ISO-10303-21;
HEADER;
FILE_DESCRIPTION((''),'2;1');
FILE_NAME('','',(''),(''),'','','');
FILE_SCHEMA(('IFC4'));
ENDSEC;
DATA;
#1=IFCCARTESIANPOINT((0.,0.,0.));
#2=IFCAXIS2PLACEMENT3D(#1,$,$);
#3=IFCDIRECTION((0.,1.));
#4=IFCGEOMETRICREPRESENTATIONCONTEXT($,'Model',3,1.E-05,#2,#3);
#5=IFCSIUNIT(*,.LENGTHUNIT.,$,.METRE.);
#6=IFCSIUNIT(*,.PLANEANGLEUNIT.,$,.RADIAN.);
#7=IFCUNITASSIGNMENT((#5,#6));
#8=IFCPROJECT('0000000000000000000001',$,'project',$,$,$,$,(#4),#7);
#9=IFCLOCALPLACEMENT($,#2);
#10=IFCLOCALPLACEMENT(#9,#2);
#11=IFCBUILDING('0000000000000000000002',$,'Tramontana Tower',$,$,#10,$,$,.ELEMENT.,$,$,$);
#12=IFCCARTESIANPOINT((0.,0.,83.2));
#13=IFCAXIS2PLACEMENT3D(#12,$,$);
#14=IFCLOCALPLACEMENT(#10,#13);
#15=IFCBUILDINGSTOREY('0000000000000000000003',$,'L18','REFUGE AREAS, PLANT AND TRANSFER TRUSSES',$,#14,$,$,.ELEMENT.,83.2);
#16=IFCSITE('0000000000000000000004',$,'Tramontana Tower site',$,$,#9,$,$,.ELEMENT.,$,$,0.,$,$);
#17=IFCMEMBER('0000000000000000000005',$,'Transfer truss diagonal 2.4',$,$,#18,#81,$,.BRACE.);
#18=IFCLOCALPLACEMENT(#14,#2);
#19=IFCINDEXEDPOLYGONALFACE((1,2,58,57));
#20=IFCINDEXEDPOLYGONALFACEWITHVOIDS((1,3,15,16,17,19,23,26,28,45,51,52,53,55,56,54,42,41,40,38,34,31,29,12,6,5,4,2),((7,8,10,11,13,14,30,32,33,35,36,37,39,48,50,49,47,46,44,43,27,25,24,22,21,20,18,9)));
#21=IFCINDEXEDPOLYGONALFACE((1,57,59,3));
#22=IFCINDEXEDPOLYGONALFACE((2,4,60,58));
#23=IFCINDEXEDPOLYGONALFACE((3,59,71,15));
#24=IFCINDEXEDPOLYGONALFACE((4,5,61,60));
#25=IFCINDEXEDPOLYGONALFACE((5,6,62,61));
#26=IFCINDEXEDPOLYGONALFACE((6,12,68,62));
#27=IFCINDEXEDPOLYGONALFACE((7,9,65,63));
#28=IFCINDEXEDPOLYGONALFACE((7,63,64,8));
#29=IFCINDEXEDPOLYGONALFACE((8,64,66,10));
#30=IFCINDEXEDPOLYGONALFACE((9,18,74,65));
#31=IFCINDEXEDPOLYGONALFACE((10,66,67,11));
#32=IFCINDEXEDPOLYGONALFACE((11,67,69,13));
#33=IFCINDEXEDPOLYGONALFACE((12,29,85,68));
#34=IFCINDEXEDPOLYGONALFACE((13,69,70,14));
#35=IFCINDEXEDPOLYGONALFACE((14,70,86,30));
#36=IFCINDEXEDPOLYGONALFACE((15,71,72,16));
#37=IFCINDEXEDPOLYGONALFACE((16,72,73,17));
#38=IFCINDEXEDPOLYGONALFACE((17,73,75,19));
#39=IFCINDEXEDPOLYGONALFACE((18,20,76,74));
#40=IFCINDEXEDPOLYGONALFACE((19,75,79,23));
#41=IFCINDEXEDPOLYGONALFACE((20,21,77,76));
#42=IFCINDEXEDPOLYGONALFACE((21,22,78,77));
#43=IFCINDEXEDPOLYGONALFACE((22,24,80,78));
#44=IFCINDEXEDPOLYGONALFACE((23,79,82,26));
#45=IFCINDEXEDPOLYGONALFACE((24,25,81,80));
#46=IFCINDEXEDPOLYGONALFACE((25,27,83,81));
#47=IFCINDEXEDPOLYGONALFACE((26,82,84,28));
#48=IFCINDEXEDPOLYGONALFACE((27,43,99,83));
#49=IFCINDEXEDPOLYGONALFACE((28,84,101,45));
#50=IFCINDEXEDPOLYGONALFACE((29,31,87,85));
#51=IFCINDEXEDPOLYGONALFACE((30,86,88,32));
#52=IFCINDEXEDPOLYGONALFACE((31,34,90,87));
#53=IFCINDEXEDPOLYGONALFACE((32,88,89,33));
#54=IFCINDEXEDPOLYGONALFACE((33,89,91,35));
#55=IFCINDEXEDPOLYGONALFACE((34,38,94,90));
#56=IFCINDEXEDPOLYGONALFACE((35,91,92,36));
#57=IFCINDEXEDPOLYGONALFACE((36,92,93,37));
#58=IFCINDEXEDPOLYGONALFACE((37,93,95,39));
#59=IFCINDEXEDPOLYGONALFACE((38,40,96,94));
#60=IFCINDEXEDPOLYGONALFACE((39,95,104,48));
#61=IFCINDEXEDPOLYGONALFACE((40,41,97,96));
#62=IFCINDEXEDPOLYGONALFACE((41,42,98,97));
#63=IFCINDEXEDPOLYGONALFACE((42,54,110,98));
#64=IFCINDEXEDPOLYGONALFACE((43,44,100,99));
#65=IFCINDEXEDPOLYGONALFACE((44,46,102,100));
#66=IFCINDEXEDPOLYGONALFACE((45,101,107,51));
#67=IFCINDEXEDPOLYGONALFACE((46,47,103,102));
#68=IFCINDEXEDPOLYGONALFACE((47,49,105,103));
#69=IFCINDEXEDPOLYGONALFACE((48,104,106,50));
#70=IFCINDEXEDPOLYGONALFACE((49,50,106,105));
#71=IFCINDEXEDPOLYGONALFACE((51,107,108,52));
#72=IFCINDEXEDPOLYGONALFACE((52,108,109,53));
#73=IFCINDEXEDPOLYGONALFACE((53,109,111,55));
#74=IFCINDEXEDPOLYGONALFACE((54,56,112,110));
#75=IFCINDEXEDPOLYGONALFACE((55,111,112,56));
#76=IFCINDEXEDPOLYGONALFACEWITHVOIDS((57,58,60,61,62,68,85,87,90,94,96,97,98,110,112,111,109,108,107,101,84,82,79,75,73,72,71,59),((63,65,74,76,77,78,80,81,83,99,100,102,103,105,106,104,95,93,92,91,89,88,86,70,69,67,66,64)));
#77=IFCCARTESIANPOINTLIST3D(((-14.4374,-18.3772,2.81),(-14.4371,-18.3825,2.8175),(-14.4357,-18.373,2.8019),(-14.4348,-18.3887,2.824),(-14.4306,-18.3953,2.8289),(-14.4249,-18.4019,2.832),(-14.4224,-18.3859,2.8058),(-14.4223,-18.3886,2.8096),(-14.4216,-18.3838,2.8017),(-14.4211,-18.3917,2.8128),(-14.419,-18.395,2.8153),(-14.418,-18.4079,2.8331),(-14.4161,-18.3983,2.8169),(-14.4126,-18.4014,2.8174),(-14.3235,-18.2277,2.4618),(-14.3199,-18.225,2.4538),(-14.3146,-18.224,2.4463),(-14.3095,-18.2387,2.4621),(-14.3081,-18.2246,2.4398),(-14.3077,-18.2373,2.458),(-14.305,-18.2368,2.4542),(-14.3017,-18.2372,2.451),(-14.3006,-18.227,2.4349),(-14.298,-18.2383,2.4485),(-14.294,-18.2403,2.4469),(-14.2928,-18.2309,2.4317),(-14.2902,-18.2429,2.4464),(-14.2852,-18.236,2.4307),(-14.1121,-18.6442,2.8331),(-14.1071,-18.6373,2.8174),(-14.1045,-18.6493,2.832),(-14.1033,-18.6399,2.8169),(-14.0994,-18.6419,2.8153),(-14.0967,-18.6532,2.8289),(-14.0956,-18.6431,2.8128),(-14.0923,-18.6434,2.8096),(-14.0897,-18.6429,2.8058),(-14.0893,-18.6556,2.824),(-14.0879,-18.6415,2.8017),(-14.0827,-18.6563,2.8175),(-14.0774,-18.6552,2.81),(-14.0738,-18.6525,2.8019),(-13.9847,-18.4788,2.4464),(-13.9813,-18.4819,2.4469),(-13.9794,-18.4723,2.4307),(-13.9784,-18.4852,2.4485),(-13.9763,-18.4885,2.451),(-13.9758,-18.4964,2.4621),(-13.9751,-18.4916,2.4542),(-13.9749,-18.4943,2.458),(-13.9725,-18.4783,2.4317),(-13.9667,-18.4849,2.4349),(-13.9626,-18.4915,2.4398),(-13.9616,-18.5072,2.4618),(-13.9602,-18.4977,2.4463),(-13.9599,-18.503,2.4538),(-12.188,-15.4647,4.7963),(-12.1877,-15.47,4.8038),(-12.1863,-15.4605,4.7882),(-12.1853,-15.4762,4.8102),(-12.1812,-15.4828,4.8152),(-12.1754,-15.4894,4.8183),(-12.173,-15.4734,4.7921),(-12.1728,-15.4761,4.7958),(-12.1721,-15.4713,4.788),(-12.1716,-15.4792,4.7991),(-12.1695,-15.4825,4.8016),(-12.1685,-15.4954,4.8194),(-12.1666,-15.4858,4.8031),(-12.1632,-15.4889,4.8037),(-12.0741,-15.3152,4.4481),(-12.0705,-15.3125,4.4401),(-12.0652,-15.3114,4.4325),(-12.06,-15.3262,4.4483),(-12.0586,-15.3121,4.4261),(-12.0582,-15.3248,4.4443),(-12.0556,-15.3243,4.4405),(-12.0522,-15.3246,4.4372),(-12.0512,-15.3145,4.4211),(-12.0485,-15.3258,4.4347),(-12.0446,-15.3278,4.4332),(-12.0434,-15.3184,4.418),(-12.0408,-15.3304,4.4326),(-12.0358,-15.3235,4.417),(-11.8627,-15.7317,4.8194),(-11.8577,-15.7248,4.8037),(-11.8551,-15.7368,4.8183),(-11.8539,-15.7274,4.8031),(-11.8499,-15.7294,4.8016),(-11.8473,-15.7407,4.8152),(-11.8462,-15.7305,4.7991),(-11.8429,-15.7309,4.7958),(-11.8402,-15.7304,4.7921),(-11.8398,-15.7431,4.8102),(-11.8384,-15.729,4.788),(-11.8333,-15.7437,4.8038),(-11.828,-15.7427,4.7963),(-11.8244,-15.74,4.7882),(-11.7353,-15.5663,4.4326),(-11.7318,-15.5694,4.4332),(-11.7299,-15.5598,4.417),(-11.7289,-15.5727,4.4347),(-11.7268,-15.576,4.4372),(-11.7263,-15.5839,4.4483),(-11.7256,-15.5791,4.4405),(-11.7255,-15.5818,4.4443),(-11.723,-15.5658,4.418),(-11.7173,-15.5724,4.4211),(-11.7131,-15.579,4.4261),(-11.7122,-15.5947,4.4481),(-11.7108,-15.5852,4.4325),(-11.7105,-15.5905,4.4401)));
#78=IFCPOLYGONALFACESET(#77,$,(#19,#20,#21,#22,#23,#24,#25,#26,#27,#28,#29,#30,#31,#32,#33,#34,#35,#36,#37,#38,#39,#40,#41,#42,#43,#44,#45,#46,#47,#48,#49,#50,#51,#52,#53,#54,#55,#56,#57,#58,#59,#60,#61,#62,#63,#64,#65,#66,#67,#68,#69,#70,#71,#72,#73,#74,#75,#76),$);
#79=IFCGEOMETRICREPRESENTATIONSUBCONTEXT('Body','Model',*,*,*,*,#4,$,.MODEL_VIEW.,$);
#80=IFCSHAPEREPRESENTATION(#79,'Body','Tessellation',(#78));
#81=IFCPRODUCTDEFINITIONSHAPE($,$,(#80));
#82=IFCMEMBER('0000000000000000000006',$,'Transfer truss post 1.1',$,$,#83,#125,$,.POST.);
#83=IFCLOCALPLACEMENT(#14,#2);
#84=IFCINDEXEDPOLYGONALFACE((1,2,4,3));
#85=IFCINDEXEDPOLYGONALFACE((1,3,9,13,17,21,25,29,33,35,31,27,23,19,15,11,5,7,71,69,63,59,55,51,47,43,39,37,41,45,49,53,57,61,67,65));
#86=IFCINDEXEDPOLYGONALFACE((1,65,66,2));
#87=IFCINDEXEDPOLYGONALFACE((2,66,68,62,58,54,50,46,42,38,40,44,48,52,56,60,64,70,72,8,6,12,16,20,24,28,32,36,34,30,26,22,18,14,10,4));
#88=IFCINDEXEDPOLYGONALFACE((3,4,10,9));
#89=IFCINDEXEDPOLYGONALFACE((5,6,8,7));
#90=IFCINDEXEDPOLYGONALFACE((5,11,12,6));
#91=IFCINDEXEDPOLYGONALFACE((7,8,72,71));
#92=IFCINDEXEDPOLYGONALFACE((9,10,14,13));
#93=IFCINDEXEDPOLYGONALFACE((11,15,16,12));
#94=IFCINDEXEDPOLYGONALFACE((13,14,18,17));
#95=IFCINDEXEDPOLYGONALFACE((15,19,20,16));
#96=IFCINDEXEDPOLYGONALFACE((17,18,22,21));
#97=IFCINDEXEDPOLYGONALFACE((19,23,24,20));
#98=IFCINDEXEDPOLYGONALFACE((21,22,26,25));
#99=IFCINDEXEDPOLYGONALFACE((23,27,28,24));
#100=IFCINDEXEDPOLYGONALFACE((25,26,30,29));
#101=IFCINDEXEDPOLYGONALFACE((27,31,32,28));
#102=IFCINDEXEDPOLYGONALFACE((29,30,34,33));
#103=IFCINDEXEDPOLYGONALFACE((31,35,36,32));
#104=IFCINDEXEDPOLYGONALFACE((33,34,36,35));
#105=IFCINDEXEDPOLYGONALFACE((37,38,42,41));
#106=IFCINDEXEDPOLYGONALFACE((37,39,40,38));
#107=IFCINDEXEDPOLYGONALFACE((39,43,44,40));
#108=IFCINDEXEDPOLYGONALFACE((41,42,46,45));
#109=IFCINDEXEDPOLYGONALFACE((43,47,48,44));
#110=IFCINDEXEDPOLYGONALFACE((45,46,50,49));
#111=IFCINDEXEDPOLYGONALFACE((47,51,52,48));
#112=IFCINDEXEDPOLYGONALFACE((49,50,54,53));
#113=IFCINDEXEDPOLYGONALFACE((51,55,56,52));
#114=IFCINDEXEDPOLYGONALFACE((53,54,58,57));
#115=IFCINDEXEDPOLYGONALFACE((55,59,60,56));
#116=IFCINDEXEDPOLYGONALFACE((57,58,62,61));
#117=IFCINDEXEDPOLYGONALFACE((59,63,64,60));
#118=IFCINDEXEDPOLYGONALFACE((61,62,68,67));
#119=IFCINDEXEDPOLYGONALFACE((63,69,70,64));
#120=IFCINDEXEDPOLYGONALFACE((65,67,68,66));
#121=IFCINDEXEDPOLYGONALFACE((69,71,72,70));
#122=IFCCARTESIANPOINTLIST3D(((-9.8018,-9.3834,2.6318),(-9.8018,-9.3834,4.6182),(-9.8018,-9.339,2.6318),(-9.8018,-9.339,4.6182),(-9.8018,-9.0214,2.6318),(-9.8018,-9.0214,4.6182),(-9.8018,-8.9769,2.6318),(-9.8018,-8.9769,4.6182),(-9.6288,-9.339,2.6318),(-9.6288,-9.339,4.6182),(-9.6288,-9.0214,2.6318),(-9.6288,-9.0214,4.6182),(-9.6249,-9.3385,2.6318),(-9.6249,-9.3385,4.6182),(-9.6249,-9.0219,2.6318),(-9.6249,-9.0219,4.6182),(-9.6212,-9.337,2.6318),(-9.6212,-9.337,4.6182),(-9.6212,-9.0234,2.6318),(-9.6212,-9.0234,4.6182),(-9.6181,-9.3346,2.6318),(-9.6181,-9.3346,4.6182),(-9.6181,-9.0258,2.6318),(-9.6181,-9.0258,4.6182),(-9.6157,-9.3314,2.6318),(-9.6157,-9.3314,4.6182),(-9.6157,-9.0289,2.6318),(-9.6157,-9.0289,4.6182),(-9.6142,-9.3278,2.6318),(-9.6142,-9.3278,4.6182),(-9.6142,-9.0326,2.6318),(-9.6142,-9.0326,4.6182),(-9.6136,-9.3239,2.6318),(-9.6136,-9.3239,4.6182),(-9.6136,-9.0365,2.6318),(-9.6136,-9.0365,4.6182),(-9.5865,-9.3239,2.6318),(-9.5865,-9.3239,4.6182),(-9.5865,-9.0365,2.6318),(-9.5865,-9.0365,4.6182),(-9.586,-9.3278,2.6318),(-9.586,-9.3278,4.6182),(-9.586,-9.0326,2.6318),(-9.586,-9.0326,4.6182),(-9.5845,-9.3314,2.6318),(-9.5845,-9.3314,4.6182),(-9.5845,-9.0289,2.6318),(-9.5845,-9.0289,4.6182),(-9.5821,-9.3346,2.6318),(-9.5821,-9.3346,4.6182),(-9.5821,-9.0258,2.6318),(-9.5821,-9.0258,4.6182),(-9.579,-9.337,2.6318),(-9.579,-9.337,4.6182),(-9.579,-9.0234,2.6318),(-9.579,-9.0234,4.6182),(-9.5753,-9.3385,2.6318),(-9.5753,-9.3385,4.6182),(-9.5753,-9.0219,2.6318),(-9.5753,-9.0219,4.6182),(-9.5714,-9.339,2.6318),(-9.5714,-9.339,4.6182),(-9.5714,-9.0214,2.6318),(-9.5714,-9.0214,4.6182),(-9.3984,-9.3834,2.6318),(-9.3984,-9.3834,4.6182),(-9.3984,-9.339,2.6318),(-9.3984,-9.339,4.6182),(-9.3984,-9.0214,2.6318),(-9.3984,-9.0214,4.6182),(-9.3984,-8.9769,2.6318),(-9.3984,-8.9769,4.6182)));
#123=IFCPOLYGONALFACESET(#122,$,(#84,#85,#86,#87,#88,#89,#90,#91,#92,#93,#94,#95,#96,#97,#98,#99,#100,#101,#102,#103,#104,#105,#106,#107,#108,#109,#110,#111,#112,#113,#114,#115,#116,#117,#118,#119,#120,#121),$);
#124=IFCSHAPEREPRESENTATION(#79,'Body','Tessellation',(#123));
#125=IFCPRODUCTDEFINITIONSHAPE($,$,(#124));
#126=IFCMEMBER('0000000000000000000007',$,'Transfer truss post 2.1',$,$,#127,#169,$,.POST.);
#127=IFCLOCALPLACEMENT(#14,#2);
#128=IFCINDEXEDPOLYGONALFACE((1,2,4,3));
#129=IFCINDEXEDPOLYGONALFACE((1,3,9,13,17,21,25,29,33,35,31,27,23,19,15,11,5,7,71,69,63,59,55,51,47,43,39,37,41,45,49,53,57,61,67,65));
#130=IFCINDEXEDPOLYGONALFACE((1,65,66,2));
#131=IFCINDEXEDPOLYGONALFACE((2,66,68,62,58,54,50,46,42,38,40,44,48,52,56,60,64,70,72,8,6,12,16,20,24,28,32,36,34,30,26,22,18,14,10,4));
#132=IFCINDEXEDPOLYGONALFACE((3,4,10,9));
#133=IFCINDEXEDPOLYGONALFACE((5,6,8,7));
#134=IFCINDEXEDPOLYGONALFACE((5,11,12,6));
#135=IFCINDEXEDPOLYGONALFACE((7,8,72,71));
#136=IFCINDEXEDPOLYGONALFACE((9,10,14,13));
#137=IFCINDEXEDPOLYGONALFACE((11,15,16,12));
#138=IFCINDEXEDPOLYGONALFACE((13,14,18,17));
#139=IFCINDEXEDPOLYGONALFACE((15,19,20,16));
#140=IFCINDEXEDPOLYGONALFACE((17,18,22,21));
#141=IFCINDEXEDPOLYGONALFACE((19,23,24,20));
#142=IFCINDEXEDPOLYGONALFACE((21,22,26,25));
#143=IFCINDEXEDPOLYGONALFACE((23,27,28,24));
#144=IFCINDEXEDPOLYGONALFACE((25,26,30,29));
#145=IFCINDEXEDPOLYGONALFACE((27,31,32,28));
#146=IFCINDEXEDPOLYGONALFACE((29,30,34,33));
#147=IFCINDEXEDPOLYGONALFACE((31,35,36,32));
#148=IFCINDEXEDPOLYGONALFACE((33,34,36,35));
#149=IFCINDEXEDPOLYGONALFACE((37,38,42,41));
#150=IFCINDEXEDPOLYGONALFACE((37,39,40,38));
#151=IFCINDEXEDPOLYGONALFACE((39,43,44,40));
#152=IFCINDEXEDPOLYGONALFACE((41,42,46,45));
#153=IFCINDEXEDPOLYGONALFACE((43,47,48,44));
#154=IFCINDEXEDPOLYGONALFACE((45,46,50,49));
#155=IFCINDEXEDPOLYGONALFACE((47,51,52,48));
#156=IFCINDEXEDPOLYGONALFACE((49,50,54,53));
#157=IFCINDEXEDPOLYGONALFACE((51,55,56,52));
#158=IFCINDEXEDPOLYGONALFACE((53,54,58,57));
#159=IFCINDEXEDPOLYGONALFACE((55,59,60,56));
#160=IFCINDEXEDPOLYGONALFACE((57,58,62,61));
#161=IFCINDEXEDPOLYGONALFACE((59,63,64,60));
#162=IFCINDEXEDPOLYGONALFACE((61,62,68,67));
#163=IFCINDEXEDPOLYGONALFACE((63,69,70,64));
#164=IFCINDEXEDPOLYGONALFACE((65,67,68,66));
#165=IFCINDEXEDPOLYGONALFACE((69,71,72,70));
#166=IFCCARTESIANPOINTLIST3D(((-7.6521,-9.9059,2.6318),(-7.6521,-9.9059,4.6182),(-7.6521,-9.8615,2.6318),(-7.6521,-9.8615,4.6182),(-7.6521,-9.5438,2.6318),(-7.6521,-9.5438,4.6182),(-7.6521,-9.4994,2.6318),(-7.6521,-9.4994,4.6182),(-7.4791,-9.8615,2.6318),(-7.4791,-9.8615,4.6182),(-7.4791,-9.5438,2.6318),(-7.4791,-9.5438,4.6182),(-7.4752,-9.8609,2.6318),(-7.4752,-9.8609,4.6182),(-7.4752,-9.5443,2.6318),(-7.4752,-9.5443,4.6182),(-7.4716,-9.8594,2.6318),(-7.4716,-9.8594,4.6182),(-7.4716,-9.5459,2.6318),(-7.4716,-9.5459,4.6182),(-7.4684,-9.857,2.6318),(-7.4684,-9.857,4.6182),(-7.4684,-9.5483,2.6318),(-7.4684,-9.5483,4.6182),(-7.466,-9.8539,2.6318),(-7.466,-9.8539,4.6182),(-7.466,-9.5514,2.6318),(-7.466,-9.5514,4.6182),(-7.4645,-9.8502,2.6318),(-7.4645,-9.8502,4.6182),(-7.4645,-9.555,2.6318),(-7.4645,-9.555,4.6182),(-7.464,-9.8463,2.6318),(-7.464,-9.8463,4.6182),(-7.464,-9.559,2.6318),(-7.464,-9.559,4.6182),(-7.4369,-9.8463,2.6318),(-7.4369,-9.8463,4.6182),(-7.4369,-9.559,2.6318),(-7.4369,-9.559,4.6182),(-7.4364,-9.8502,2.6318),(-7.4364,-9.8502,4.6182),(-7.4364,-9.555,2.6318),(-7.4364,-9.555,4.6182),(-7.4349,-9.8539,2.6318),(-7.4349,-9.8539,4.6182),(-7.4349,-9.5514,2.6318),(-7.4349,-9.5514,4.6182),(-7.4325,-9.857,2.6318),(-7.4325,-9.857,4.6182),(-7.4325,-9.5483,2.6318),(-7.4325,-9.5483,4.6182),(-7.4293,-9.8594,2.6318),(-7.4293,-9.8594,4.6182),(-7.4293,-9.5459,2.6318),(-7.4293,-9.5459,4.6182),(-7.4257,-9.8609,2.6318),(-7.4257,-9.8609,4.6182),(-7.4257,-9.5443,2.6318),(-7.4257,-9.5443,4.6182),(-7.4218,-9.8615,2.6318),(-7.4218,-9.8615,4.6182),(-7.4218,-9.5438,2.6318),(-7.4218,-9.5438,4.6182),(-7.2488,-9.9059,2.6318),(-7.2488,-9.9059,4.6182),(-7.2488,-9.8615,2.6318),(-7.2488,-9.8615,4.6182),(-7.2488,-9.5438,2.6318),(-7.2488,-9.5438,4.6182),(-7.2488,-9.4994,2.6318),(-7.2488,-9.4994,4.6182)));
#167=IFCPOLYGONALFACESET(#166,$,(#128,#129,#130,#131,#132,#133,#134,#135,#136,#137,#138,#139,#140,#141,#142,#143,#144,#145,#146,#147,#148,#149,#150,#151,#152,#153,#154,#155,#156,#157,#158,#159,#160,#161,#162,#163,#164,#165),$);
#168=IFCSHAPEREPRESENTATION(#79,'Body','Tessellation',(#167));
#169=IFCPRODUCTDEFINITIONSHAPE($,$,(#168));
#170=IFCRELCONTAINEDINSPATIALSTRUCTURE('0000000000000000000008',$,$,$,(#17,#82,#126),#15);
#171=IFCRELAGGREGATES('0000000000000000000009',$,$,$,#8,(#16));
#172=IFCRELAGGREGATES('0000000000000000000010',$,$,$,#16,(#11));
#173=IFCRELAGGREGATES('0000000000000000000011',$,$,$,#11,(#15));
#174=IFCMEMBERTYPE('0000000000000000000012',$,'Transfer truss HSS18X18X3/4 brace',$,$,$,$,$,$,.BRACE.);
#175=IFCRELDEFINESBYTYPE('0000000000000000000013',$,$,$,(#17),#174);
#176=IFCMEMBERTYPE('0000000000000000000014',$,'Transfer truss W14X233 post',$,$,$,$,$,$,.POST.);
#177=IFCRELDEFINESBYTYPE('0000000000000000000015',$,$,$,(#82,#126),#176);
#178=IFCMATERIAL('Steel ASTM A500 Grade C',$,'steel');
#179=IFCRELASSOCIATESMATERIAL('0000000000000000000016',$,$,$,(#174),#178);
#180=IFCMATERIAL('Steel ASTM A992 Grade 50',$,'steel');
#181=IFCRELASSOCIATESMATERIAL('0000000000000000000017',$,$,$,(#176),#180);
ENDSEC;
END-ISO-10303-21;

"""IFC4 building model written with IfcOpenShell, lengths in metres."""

from ifc_helpers import new_model, si_unit, direction, frame, origin, origin_2d, place, context, subcontext, project, spatial, hollow_rectangle, i_section, extrude, material, material_profile, profile_set, type_object, element, save


model = new_model("IFC4")

# Units and contexts
model_context = context("Model", 3, precision=1e-05, world=origin(), true_north=direction((0.0, 1.0)))
body_context = subcontext(model_context, "Body", "Model", "MODEL_VIEW")
ifc_project = project(units=[si_unit("LENGTHUNIT", "METRE"), si_unit("PLANEANGLEUNIT", "RADIAN")], contexts=[model_context])

# Site, building, storey
site_placement = place(None, origin())
site = spatial("IfcSite", under=ifc_project, at=site_placement, Name="Tramontana Tower site", CompositionType="ELEMENT", RefElevation=0.0)
building_placement = place(site_placement, origin())
building = spatial("IfcBuilding", under=site, at=building_placement, Name="Tramontana Tower", CompositionType="ELEMENT")
storey_placement = place(building_placement, frame((0.0, 0.0, 83.2)))
storey = spatial("IfcBuildingStorey", under=building, at=storey_placement, Name="L18", Description="REFUGE AREAS, PLANT AND TRANSFER TRUSSES", CompositionType="ELEMENT", Elevation=83.2)

# Members
ifc_material_1 = material(Name="Steel ASTM A500 Grade C", Category="steel")
ifc_material_profile_1 = material_profile(ifc_material_1, hollow_rectangle(XDim=0.4573, YDim=0.4573, WallThickness=0.0178, InnerFilletRadius=0.0178, OuterFilletRadius=0.0354, at=origin_2d()), Name="HSS18X18X3/4")
ifc_profile_set_1 = profile_set([ifc_material_profile_1], Name="Steel ASTM A500 Grade C")
member_type_1 = type_object("IfcMemberType", Name="Transfer truss HSS18X18X3/4 brace", PredefinedType="BRACE", material=ifc_profile_set_1)
member_1_placement = place(storey_placement, frame((-11.9492, -15.5276, 4.6182), z_axis=(-0.537905, -0.696462, -0.474972), x_axis=(0.791434, -0.611255, 0.0)))
element("IfcMember", 1, at=member_1_placement, inside=storey, type_object=member_type_1, Name="Transfer truss diagonal 2.4", PredefinedType="BRACE", context=body_context, shape_type="SweptSolid", body=[
    extrude(hollow_rectangle(XDim=0.4573, YDim=0.4573, WallThickness=0.0178, InnerFilletRadius=0.0178, OuterFilletRadius=0.0354, at=origin_2d()), origin(), (0.0, 0.0, 1.0), 4.1819),
])
ifc_material_2 = material(Name="Steel ASTM A992 Grade 50", Category="steel")
ifc_material_profile_2 = material_profile(ifc_material_2, i_section(OverallWidth=0.4033, OverallDepth=0.4065, WebThickness=0.0271, FlangeThickness=0.0444, FilletRadius=0.0151, at=origin_2d()), Name="W14X233")
ifc_profile_set_2 = profile_set([ifc_material_profile_2], Name="Steel ASTM A992 Grade 50")
member_type_2 = type_object("IfcMemberType", Name="Transfer truss W14X233 post", PredefinedType="POST", material=ifc_profile_set_2)
for number, where, z_axis, x_axis, name in (
    (2, (-9.6001, -9.1802, 2.6318), (0.0, 0.0, 1.0), (1.0, 0.0, 0.0), "Transfer truss post 1.1"),
    (3, (-7.4504, -9.7026, 2.6318), (0.0, 0.0, 1.0), (1.0, 0.0, 0.0), "Transfer truss post 2.1"),
):
    element("IfcMember", number, at=place(storey_placement, frame(where, z_axis=z_axis, x_axis=x_axis)), inside=storey, type_object=member_type_2, Name=name, PredefinedType="POST", context=body_context, shape_type="SweptSolid", body=[
        extrude(i_section(OverallWidth=0.4033, OverallDepth=0.4065, WebThickness=0.0271, FlangeThickness=0.0444, FilletRadius=0.0151, at=origin_2d()), origin(), (0.0, 0.0, 1.0), 1.9863),
    ])

save(model, "model.ifc")
